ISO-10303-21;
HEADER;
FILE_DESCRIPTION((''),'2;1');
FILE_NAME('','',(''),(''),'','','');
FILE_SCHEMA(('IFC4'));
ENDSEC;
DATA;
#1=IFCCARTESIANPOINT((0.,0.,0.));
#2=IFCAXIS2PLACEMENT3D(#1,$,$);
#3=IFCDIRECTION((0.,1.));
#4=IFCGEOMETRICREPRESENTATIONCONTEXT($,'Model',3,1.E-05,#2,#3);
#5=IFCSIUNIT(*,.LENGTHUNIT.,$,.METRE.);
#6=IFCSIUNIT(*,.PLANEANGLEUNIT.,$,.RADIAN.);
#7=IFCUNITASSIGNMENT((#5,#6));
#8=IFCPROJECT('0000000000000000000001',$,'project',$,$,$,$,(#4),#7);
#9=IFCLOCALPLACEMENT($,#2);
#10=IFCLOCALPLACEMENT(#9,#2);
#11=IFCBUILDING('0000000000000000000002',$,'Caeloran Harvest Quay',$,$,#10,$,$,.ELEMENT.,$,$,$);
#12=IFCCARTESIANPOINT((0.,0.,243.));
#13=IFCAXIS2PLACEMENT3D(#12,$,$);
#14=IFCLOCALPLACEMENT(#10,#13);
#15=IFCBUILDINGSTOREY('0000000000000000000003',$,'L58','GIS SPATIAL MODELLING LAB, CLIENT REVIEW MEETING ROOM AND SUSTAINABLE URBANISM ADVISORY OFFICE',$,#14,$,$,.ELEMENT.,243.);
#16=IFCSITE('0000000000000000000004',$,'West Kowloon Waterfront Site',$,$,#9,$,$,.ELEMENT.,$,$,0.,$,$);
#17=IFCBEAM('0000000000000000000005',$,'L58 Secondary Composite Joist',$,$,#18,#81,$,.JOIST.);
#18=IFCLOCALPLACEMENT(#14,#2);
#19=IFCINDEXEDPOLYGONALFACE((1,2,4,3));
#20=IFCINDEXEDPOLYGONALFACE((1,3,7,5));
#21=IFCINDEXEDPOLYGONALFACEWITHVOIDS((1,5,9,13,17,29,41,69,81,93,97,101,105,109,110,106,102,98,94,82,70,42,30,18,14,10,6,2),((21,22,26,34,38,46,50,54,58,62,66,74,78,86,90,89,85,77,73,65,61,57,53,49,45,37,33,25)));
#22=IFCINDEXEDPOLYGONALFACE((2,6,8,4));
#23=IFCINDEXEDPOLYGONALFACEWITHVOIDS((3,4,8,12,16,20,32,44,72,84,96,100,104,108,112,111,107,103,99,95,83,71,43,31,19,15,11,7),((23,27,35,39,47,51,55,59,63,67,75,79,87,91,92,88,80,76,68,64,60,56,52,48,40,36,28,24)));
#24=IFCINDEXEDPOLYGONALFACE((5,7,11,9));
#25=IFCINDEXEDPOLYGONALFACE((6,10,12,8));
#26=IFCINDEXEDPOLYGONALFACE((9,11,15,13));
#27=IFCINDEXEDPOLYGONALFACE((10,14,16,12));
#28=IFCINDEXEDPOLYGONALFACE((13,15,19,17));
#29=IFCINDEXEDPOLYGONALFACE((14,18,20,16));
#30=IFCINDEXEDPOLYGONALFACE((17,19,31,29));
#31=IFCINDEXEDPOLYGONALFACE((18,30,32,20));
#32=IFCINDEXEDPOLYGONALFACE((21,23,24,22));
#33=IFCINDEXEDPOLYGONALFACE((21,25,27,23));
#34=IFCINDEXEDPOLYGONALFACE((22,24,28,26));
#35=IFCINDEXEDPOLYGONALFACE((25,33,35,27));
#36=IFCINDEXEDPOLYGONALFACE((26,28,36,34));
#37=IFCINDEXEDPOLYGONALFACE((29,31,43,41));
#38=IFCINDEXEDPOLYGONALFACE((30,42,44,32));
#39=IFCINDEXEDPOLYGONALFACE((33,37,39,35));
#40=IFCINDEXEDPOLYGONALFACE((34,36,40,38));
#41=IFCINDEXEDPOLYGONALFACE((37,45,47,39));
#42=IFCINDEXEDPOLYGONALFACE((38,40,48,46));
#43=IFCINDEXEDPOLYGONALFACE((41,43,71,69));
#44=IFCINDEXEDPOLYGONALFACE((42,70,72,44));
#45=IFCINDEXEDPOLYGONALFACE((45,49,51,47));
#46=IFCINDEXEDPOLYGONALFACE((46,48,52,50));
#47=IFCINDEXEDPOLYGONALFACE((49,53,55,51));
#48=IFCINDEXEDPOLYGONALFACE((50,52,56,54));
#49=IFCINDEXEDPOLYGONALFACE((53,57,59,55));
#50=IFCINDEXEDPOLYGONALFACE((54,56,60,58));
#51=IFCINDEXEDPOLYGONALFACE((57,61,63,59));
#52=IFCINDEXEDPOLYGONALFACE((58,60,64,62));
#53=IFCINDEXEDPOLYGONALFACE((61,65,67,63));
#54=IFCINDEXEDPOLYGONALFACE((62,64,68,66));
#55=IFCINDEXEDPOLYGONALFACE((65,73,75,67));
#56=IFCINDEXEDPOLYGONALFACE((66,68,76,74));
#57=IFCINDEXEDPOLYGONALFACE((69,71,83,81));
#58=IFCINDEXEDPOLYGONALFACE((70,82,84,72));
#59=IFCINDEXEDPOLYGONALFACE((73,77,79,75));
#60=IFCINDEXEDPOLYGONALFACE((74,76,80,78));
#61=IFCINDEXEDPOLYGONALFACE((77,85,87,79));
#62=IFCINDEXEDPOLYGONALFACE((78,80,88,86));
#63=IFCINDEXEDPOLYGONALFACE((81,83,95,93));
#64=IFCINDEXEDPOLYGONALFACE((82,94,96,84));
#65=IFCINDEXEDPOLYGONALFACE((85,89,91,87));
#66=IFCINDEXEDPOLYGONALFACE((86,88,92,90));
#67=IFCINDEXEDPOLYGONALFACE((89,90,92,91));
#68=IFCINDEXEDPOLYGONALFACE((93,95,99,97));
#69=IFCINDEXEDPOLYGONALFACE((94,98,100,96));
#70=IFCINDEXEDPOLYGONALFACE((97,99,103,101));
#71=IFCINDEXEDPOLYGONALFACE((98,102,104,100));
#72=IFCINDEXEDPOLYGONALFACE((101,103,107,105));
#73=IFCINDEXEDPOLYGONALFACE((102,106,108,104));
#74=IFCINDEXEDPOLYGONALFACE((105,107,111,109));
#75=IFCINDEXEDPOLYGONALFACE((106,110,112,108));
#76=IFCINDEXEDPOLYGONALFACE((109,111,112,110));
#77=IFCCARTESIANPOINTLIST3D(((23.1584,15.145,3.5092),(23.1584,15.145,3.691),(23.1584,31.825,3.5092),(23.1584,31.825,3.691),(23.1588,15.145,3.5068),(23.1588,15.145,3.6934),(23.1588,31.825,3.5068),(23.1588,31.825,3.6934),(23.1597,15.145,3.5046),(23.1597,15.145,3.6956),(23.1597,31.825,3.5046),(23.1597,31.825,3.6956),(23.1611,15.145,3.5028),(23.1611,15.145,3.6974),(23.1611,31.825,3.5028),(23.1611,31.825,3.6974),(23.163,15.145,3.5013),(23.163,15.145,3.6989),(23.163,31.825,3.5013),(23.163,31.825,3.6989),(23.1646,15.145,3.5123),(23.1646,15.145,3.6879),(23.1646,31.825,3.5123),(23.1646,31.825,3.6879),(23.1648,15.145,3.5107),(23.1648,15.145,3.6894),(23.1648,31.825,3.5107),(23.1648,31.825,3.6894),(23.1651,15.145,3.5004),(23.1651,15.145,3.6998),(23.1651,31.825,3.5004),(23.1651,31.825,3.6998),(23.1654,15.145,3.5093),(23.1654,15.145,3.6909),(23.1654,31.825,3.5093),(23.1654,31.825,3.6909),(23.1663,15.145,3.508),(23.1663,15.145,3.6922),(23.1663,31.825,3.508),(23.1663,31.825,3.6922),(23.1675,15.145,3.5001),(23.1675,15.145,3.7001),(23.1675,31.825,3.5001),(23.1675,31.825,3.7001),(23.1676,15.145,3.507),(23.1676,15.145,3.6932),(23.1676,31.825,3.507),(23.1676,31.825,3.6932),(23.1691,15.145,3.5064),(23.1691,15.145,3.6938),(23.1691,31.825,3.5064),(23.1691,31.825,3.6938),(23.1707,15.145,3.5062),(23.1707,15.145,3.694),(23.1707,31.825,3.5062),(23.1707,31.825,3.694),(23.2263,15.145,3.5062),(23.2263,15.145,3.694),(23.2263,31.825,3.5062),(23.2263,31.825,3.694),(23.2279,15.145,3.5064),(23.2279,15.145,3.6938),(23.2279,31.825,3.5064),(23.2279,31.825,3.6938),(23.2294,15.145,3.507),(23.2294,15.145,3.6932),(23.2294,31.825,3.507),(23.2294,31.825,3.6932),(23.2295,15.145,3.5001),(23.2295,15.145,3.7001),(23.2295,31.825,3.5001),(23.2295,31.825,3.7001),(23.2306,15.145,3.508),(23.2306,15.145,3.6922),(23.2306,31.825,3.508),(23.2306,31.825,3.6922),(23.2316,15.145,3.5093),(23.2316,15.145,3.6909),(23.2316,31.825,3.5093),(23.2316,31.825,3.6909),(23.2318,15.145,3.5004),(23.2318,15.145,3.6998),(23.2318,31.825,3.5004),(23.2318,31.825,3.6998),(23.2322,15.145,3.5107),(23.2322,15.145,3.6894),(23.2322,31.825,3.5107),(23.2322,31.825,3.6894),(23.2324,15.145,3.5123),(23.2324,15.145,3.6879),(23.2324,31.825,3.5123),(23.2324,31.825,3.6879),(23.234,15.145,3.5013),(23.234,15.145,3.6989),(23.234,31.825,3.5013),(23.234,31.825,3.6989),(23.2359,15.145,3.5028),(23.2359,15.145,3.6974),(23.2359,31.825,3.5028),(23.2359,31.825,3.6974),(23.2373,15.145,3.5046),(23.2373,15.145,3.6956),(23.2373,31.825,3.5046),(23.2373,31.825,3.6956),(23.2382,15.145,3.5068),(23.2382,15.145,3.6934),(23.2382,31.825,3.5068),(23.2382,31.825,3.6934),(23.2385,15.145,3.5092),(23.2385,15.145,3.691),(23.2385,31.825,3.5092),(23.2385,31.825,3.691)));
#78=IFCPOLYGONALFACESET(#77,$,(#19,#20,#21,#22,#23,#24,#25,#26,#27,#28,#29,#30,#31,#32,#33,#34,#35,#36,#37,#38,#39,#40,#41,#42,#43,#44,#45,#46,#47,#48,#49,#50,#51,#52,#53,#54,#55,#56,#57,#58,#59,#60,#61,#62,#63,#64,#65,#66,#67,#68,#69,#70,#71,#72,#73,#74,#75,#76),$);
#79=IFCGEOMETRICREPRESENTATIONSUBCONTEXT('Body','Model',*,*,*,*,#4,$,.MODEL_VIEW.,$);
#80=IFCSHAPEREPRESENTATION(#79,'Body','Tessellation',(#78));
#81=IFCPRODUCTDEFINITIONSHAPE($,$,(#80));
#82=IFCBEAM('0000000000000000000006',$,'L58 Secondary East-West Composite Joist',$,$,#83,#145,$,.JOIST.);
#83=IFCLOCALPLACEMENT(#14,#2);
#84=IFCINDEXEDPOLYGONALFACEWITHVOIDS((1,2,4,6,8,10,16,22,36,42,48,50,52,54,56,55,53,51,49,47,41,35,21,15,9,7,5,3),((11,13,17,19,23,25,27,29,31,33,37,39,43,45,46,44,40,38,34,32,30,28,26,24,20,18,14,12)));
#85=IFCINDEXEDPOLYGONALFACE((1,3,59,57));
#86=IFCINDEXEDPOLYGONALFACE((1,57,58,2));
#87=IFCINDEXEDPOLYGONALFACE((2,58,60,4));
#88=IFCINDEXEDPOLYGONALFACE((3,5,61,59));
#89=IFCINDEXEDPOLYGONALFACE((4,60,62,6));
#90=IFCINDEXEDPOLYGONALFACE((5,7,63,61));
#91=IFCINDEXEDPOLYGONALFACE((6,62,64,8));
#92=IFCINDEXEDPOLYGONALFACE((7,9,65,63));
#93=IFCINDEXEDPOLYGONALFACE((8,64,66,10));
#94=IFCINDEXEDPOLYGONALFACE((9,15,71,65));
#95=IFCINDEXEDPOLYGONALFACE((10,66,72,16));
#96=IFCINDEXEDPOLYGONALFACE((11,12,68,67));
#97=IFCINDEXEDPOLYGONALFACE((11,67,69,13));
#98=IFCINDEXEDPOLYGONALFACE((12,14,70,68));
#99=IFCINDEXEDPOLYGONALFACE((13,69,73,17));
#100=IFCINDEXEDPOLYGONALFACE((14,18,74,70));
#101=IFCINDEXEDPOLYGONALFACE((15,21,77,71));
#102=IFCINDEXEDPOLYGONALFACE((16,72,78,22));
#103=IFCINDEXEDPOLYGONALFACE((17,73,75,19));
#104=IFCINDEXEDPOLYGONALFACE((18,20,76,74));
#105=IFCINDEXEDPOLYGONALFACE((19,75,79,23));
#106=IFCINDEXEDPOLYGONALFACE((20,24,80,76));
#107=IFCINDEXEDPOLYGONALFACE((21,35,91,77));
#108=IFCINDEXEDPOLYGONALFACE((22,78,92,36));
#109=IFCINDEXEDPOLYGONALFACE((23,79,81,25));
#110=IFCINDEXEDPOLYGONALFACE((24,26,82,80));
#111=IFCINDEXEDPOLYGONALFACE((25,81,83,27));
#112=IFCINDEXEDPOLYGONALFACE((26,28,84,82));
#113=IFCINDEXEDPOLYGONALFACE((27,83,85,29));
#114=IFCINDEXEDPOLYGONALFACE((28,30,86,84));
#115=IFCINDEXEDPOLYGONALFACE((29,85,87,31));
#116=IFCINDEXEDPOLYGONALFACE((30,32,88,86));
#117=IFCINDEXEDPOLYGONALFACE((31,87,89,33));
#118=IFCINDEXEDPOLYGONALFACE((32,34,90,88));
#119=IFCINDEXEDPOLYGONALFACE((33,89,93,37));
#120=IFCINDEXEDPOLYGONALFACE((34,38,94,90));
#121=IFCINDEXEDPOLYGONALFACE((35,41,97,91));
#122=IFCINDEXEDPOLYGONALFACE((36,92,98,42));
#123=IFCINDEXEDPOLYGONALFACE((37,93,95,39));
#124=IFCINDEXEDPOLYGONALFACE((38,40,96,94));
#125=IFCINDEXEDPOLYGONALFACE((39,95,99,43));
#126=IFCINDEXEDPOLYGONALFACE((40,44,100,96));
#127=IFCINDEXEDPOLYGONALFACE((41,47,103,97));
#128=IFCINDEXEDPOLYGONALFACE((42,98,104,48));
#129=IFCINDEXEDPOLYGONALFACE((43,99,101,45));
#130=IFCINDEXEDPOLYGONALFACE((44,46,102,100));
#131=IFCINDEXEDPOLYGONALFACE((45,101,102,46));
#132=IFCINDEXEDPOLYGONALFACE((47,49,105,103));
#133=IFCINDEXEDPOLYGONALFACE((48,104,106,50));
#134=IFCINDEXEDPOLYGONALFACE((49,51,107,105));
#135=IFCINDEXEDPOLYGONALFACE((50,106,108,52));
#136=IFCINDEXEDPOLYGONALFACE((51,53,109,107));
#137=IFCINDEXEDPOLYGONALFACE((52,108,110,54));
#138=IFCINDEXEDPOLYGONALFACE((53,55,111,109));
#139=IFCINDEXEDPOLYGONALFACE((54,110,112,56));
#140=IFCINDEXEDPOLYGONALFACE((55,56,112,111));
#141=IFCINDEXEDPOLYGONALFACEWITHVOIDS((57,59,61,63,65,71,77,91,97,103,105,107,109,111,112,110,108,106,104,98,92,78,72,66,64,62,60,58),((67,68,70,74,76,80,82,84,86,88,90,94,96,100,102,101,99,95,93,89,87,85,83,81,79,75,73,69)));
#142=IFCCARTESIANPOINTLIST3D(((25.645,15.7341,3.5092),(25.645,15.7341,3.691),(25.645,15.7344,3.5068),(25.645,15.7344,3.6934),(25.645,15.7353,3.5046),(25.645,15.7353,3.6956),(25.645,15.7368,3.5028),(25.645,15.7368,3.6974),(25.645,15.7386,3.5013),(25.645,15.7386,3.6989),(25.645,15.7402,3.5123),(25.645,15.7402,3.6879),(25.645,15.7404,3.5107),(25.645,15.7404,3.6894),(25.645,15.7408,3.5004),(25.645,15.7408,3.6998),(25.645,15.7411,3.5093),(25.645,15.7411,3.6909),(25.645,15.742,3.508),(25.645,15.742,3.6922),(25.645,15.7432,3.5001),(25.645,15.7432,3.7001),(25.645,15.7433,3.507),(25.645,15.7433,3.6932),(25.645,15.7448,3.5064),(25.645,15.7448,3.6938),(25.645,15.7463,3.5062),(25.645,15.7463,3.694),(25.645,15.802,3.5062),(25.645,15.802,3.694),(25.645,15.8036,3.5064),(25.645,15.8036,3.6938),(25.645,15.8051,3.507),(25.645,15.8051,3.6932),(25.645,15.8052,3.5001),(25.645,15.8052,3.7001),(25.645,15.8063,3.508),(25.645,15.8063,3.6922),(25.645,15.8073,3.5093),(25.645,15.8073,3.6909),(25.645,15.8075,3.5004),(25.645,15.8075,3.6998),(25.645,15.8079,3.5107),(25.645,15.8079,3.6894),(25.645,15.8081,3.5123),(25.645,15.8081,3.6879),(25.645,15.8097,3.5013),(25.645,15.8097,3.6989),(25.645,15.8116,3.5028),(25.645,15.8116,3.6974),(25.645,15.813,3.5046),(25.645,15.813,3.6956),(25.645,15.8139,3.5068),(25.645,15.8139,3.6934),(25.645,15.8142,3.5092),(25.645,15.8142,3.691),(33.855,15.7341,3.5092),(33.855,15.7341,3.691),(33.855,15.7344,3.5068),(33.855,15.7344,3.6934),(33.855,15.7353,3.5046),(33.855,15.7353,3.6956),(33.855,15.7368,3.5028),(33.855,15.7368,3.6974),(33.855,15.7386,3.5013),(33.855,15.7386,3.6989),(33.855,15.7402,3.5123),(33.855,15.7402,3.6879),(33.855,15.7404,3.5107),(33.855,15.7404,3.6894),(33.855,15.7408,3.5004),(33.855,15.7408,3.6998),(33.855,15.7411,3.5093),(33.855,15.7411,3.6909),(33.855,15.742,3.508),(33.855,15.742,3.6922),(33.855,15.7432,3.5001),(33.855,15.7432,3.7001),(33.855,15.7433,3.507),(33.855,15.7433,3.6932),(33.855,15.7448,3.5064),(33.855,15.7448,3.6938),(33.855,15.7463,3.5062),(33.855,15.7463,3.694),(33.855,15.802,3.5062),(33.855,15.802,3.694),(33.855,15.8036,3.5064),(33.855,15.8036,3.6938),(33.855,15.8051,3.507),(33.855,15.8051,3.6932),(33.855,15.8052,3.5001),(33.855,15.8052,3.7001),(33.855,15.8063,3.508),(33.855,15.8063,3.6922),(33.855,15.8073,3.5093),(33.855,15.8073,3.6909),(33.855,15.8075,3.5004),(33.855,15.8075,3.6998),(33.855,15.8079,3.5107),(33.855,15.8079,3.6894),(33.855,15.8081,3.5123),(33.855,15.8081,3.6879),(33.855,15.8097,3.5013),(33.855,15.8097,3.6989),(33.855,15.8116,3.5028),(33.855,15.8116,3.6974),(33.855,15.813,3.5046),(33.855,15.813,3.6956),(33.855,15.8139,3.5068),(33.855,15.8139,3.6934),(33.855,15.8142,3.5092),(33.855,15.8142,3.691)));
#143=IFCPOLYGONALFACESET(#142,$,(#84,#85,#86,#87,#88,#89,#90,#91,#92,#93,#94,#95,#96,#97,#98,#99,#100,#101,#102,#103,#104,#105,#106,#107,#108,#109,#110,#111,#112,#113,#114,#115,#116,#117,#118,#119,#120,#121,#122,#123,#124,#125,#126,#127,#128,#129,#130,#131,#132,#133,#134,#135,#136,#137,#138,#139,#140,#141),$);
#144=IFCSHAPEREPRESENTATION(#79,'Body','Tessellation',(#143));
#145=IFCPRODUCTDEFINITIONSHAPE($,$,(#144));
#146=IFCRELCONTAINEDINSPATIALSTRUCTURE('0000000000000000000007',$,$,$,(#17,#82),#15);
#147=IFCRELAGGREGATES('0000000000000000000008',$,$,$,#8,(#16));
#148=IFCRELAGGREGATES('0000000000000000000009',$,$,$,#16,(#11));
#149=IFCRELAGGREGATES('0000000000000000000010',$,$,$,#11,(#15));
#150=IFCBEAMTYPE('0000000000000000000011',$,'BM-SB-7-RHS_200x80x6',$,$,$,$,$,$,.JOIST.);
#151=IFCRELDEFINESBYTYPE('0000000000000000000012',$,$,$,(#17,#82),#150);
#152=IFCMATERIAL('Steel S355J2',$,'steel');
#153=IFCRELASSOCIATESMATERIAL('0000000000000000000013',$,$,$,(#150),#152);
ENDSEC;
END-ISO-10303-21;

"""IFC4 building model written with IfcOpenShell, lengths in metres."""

from ifc_helpers import new_model, si_unit, direction, frame, origin, origin_2d, place, context, subcontext, project, spatial, hollow_rectangle, extrude, material, material_profile, profile_set, type_object, element, save


model = new_model("IFC4")

# Units and contexts
model_context = context("Model", 3, precision=1e-05, world=origin(), true_north=direction((0.0, 1.0)))
body_context = subcontext(model_context, "Body", "Model", "MODEL_VIEW")
ifc_project = project(units=[si_unit("LENGTHUNIT", "METRE"), si_unit("PLANEANGLEUNIT", "RADIAN")], contexts=[model_context])

# Site, building, storey
site_placement = place(None, origin())
site = spatial("IfcSite", under=ifc_project, at=site_placement, Name="West Kowloon Waterfront Site", CompositionType="ELEMENT", RefElevation=0.0)
building_placement = place(site_placement, origin())
building = spatial("IfcBuilding", under=site, at=building_placement, Name="Caeloran Harvest Quay", CompositionType="ELEMENT")
storey_placement = place(building_placement, frame((0.0, 0.0, 243.0)))
storey = spatial("IfcBuildingStorey", under=building, at=storey_placement, Name="L58", Description="GIS SPATIAL MODELLING LAB, CLIENT REVIEW MEETING ROOM AND SUSTAINABLE URBANISM ADVISORY OFFICE", CompositionType="ELEMENT", Elevation=243.0)

# Beams
ifc_material_1 = material(Name="Steel S355J2", Category="steel")
ifc_material_profile_1 = material_profile(ifc_material_1, hollow_rectangle(XDim=0.0801, YDim=0.2, WallThickness=0.0061, InnerFilletRadius=0.0061, OuterFilletRadius=0.009, at=origin_2d()), Name="RHS 200x80x6")
ifc_profile_set_1 = profile_set([ifc_material_profile_1], Name="Steel S355J2")
beam_type_1 = type_object("IfcBeamType", Name="BM-SB-7-RHS_200x80x6", PredefinedType="JOIST", material=ifc_profile_set_1)
for number, where, z_axis, x_axis, name in (
    (1, (23.1985, 15.145, 3.6001), (0.0, 1.0, 0.0), (-1.0, 0.0, 0.0), "L58 Secondary Composite Joist"),
):
    element("IfcBeam", number, at=place(storey_placement, frame(where, z_axis=z_axis, x_axis=x_axis)), inside=storey, type_object=beam_type_1, Name=name, PredefinedType="JOIST", context=body_context, shape_type="SweptSolid", body=[
        extrude(hollow_rectangle(XDim=0.0801, YDim=0.2, WallThickness=0.0061, InnerFilletRadius=0.0061, OuterFilletRadius=0.009, at=origin_2d()), origin(), (0.0, 0.0, 1.0), 16.6799),
    ])
for number, where, z_axis, x_axis, name in (
    (2, (25.645, 15.7742, 3.6001), (1.0, 0.0, 0.0), (0.0, 1.0, 0.0), "L58 Secondary East-West Composite Joist"),
):
    element("IfcBeam", number, at=place(storey_placement, frame(where, z_axis=z_axis, x_axis=x_axis)), inside=storey, type_object=beam_type_1, Name=name, PredefinedType="JOIST", context=body_context, shape_type="SweptSolid", body=[
        extrude(hollow_rectangle(XDim=0.0801, YDim=0.2, WallThickness=0.0061, InnerFilletRadius=0.0061, OuterFilletRadius=0.009, at=origin_2d()), origin(), (0.0, 0.0, 1.0), 8.21),
    ])

save(model, "model.ifc")
